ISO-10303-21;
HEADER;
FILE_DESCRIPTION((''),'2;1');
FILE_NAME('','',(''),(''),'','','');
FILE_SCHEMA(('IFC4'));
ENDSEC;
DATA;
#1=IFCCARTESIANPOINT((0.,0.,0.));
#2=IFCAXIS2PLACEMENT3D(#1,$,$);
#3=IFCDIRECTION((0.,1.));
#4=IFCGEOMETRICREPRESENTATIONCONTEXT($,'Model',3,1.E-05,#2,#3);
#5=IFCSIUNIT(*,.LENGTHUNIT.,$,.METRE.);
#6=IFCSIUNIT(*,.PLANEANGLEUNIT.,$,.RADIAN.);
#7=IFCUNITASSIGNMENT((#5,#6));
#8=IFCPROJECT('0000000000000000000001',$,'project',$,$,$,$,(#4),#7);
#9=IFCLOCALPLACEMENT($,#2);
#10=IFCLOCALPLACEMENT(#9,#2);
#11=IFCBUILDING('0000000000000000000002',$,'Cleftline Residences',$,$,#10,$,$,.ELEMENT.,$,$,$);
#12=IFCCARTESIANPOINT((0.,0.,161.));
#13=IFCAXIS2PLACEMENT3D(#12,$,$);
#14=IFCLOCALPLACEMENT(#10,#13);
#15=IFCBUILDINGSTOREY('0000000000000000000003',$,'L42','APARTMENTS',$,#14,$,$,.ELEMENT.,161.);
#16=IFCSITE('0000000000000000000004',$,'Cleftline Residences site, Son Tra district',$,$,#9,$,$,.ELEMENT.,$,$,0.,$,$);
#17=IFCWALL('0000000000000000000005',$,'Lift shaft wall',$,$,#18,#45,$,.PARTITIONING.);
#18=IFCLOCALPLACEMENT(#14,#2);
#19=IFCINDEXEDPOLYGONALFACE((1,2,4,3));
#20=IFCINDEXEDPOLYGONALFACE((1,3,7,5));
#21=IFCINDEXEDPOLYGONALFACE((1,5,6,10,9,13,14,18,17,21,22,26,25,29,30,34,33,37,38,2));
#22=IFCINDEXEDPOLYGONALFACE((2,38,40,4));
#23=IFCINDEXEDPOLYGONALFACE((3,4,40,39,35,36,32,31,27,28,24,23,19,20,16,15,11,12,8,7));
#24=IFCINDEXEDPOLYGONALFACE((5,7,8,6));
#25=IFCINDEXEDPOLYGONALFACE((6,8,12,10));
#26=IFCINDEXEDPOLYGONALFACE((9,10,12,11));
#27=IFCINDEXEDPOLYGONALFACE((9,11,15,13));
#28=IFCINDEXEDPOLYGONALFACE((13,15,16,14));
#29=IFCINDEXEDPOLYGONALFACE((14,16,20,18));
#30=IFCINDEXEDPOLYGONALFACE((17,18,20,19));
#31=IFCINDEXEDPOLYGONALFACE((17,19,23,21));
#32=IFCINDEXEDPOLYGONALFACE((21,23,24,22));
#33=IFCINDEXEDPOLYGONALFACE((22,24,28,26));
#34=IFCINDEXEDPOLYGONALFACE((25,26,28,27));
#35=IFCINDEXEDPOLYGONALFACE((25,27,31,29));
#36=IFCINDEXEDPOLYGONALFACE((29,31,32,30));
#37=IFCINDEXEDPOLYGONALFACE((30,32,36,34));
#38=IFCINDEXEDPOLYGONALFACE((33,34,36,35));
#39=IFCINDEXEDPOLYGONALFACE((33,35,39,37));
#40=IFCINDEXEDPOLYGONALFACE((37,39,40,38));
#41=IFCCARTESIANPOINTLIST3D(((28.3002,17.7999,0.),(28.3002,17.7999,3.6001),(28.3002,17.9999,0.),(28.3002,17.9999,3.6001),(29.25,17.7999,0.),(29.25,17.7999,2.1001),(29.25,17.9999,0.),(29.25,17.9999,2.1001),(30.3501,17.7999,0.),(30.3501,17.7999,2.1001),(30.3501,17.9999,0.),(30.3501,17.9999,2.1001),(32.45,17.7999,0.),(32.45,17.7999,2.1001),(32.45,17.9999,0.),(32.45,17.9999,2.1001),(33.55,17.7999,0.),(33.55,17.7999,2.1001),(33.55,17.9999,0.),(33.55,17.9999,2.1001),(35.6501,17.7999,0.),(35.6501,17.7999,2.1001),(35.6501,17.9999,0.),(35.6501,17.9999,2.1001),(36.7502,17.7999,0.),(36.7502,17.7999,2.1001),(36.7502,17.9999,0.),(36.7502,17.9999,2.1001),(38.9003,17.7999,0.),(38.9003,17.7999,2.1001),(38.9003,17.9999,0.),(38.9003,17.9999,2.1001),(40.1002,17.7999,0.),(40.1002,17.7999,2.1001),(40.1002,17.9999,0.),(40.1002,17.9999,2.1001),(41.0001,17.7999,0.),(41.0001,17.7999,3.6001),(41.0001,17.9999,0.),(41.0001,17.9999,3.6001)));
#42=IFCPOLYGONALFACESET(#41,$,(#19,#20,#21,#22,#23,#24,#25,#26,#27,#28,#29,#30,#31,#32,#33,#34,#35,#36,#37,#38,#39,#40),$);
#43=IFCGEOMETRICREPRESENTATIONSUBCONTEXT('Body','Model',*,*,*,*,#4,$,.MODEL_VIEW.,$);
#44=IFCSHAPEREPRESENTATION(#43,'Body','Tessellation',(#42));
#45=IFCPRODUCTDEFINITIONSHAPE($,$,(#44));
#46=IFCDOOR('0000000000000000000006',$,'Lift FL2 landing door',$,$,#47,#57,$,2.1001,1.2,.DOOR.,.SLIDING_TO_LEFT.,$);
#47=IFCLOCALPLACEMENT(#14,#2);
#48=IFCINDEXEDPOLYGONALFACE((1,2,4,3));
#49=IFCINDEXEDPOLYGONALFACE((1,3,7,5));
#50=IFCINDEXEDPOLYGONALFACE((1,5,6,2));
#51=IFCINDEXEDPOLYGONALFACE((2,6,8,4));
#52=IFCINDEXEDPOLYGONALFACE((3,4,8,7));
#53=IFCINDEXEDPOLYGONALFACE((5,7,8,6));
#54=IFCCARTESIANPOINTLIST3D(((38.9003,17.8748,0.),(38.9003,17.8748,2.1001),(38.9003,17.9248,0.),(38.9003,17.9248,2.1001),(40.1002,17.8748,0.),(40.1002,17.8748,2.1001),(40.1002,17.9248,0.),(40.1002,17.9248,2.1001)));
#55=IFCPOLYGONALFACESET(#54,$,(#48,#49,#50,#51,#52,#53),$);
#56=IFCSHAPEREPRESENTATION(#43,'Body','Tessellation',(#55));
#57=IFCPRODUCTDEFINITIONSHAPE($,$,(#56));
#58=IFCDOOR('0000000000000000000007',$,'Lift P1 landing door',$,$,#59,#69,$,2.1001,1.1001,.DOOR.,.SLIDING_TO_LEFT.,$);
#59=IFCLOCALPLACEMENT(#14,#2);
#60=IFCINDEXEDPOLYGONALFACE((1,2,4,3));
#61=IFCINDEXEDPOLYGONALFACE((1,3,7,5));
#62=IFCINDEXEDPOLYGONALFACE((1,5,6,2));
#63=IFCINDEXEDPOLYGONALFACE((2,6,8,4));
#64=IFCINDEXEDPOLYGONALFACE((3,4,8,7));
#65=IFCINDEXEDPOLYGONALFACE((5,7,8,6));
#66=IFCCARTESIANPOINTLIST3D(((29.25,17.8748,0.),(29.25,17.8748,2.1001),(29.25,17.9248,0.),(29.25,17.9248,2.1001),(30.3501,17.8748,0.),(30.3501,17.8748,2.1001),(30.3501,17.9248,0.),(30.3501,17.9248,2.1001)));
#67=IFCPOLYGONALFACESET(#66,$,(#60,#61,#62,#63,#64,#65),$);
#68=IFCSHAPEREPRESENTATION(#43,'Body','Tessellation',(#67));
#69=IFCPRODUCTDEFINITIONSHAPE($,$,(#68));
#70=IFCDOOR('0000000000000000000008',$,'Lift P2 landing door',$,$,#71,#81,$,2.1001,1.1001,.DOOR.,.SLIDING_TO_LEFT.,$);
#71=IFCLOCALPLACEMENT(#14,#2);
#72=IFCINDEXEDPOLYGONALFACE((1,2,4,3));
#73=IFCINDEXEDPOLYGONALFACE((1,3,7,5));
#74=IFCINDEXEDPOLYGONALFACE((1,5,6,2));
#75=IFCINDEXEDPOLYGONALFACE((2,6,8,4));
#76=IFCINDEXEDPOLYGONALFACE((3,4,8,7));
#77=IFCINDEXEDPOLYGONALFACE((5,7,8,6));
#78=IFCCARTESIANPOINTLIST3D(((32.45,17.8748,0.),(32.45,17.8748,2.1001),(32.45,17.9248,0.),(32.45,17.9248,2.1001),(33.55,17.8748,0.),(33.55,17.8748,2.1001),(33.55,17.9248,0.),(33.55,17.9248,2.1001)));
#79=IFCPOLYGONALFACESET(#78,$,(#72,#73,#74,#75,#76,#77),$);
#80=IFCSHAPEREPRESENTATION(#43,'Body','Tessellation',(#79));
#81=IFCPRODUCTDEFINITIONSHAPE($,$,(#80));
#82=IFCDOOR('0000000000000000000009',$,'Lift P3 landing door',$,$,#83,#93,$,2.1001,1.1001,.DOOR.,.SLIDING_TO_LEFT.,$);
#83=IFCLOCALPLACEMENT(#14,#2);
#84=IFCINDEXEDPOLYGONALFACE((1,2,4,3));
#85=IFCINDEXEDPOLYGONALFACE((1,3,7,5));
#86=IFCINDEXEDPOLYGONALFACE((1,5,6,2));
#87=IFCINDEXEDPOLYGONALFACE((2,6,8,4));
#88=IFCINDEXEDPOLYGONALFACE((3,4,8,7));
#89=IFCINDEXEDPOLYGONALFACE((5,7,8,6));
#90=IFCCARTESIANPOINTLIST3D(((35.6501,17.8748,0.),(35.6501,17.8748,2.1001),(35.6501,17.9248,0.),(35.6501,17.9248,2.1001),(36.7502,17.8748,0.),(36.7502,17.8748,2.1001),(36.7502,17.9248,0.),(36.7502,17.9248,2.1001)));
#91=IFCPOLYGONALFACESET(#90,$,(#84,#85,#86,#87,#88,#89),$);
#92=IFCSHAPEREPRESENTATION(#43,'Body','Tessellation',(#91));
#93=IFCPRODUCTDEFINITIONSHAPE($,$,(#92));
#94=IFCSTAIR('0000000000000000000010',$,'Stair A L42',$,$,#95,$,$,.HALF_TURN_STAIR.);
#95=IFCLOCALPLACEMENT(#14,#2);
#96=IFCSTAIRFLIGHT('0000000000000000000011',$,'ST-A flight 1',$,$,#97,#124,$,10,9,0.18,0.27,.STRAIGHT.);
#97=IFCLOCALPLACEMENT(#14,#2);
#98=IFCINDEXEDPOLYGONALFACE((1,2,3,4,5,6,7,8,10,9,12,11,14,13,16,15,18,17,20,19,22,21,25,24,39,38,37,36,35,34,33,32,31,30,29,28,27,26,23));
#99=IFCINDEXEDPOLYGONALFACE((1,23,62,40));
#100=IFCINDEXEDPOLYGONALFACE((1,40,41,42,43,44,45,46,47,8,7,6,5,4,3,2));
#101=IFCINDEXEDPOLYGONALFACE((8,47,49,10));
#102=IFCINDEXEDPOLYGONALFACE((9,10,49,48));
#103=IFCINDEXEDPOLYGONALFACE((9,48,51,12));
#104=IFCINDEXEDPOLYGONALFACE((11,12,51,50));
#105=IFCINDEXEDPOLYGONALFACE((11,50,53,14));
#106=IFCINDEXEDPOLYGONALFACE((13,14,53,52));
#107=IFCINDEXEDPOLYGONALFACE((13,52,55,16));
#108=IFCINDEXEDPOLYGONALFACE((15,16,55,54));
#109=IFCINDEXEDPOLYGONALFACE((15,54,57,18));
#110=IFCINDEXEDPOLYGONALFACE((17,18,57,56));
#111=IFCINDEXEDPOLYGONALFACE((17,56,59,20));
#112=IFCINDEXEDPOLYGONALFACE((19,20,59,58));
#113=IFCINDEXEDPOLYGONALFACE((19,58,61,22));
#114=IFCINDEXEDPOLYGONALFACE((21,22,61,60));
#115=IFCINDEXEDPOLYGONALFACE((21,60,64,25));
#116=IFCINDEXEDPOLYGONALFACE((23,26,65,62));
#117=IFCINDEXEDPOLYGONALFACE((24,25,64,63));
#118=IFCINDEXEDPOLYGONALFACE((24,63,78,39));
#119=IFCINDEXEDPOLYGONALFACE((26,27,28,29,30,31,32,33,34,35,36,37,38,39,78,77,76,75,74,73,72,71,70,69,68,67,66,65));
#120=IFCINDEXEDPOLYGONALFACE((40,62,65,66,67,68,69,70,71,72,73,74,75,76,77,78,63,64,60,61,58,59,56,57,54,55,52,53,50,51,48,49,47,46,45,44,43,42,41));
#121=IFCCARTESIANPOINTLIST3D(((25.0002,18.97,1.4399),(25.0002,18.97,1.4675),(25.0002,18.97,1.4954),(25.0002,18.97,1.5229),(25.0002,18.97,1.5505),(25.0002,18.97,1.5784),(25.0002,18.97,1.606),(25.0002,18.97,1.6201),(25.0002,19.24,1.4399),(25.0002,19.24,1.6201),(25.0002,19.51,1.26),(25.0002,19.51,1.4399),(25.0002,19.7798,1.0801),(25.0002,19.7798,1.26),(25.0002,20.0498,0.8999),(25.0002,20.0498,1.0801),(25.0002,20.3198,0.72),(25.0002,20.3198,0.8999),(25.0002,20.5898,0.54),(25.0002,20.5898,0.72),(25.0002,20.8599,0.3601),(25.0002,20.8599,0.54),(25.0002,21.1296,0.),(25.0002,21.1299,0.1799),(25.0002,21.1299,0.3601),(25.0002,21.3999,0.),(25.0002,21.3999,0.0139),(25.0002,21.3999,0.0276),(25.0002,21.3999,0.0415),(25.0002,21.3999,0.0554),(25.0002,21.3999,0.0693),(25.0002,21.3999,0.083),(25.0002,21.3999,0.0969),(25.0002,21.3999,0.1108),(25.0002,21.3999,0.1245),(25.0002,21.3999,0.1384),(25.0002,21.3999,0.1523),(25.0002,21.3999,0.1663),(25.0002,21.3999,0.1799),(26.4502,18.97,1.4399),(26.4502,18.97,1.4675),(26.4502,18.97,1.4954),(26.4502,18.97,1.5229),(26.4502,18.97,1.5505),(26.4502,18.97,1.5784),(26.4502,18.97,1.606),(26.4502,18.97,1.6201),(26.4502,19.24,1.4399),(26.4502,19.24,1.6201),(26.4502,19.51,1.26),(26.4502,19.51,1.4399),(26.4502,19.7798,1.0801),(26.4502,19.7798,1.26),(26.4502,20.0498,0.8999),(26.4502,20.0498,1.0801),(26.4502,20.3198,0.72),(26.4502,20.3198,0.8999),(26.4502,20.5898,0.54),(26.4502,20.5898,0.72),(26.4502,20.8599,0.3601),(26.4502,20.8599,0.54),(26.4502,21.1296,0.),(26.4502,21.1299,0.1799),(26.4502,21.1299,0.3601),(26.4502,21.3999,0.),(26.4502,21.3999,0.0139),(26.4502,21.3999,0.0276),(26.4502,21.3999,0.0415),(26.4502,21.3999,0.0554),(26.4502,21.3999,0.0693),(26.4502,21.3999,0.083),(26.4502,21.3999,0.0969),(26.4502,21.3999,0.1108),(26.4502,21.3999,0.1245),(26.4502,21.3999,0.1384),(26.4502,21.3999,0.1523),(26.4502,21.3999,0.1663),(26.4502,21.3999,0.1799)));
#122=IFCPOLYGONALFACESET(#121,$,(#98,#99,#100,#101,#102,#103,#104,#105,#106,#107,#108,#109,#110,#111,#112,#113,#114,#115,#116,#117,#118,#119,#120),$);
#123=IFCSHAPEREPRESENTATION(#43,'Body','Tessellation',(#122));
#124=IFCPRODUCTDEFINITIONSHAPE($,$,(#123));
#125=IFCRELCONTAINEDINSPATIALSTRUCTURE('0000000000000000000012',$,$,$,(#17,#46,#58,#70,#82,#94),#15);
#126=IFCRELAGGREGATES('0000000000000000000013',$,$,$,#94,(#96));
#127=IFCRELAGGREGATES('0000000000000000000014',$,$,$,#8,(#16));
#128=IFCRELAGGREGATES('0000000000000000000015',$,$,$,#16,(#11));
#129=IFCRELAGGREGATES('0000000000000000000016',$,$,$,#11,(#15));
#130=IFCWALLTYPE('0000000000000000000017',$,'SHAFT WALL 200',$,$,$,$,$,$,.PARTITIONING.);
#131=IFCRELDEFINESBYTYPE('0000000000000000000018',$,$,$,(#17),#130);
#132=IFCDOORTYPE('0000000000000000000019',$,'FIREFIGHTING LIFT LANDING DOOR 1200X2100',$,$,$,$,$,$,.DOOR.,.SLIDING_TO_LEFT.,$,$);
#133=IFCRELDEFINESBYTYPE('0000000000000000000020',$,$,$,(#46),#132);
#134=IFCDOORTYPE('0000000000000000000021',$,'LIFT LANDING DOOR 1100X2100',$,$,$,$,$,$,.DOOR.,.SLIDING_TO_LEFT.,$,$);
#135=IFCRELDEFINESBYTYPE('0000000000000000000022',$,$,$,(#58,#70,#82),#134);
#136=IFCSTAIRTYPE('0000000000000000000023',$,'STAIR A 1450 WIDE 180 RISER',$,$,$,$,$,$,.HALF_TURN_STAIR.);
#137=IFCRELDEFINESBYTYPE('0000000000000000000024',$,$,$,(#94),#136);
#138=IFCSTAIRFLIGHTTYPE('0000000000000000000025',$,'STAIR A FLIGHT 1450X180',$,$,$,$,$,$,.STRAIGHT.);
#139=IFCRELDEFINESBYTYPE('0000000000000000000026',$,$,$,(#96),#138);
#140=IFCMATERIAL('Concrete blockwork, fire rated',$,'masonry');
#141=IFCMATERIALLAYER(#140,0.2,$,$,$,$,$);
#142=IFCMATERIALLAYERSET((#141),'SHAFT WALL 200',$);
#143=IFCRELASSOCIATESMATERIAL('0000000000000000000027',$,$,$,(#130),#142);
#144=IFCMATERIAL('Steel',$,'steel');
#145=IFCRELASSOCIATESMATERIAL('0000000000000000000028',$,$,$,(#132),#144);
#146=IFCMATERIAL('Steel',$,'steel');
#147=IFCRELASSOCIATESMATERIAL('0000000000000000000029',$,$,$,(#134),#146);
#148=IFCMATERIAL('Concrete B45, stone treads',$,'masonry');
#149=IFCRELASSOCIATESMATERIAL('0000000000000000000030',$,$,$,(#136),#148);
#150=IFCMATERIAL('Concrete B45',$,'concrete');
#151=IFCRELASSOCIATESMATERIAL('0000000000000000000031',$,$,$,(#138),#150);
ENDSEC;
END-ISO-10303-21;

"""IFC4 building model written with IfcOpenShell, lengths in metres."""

from ifc_helpers import new_model, si_unit, direction, frame, frame_2d, origin, place, context, subcontext, project, spatial, polyline, rectangle, outline, extrude, material, layer, layer_set, type_object, element, fill, aggregate, save


model = new_model("IFC4")

# Units and contexts
model_context = context("Model", 3, precision=1e-05, world=origin(), true_north=direction((0.0, 1.0)))
body_context = subcontext(model_context, "Body", "Model", "MODEL_VIEW")
ifc_project = project(units=[si_unit("LENGTHUNIT", "METRE"), si_unit("PLANEANGLEUNIT", "RADIAN")], contexts=[model_context])

# Site, building, storey
site_placement = place(None, origin())
site = spatial("IfcSite", under=ifc_project, at=site_placement, Name="Cleftline Residences site, Son Tra district", CompositionType="ELEMENT", RefElevation=0.0)
building_placement = place(site_placement, origin())
building = spatial("IfcBuilding", under=site, at=building_placement, Name="Cleftline Residences", CompositionType="ELEMENT")
storey_placement = place(building_placement, frame((0.0, 0.0, 161.0)))
storey = spatial("IfcBuildingStorey", under=building, at=storey_placement, Name="L42", Description="APARTMENTS", CompositionType="ELEMENT", Elevation=161.0)

# Wall, openings, doors
ifc_material_1 = material(Name="Concrete blockwork, fire rated", Category="masonry")
ifc_layer_1 = layer(ifc_material_1, 0.2)
ifc_layer_set_1 = layer_set([ifc_layer_1], Name="SHAFT WALL 200")
wall_type_1 = type_object("IfcWallType", Name="SHAFT WALL 200", PredefinedType="PARTITIONING", material=ifc_layer_set_1)
wall_1_placement = place(storey_placement, frame((28.3, 17.8999, 0.0), z_axis=(0.0, 0.0, 1.0), x_axis=(1.0, 0.0, 0.0)))
wall_1 = element("IfcWall", 1, at=wall_1_placement, inside=storey, type_object=wall_type_1, Name="Lift shaft wall", PredefinedType="PARTITIONING", context=body_context, shape_type="SweptSolid", body=[
    extrude(rectangle(XDim=12.7, YDim=0.2, at=frame_2d((6.3501, 0.0))), origin(), (0.0, 0.0, 1.0), 3.6001),
])
opening_1_placement = place(wall_1_placement, frame((0.95, 0.0, 0.0)))
opening_1 = element("IfcOpeningElement", 2, at=opening_1_placement, cuts=wall_1, PredefinedType="OPENING", context=body_context, shape_type="SweptSolid", body=[
    extrude(rectangle(XDim=1.1001, YDim=2.1001, at=frame_2d((0.55, 1.05))), frame((0.0, 0.1099, 0.0), z_axis=(0.0, -1.0, 0.0), x_axis=(1.0, 0.0, 0.0)), (0.0, 0.0, 1.0), 0.22),
])
opening_2_placement = place(wall_1_placement, frame((4.1499, 0.0, 0.0)))
opening_2 = element("IfcOpeningElement", 3, at=opening_2_placement, cuts=wall_1, PredefinedType="OPENING", context=body_context, shape_type="SweptSolid", body=[
    extrude(rectangle(XDim=1.1001, YDim=2.1001, at=frame_2d((0.55, 1.05))), frame((0.0, 0.1099, 0.0), z_axis=(0.0, -1.0, 0.0), x_axis=(1.0, 0.0, 0.0)), (0.0, 0.0, 1.0), 0.22),
])
opening_3_placement = place(wall_1_placement, frame((7.3501, 0.0, 0.0)))
opening_3 = element("IfcOpeningElement", 4, at=opening_3_placement, cuts=wall_1, PredefinedType="OPENING", context=body_context, shape_type="SweptSolid", body=[
    extrude(rectangle(XDim=1.1001, YDim=2.1001, at=frame_2d((0.55, 1.05))), frame((0.0, 0.1099, 0.0), z_axis=(0.0, -1.0, 0.0), x_axis=(1.0, 0.0, 0.0)), (0.0, 0.0, 1.0), 0.22),
])
opening_4_placement = place(wall_1_placement, frame((10.6001, 0.0, 0.0)))
opening_4 = element("IfcOpeningElement", 5, at=opening_4_placement, cuts=wall_1, PredefinedType="OPENING", context=body_context, shape_type="SweptSolid", body=[
    extrude(rectangle(XDim=1.2, YDim=2.1001, at=frame_2d((0.6001, 1.05))), frame((0.0, 0.1099, 0.0), z_axis=(0.0, -1.0, 0.0), x_axis=(1.0, 0.0, 0.0)), (0.0, 0.0, 1.0), 0.22),
])
ifc_material_2 = material(Name="Steel", Category="steel")
door_type_1 = type_object("IfcDoorType", Name="FIREFIGHTING LIFT LANDING DOOR 1200X2100", OperationType="SLIDING_TO_LEFT", PredefinedType="DOOR", material=ifc_material_2)
door_1_placement = place(opening_4_placement, origin())
door_1 = element("IfcDoor", 6, at=door_1_placement, inside=storey, type_object=door_type_1, Name="Lift FL2 landing door", OperationType="SLIDING_TO_LEFT", OverallHeight=2.1001, OverallWidth=1.2, PredefinedType="DOOR", context=body_context, shape_type="SweptSolid", body=[
    extrude(rectangle(XDim=1.2, YDim=2.1001, at=frame_2d((0.6001, 1.05))), frame((0.0, 0.0249, 0.0), z_axis=(0.0, -1.0, 0.0), x_axis=(1.0, 0.0, 0.0)), (0.0, 0.0, 1.0), 0.05),
])
fill(opening_4, door_1)
ifc_material_3 = material(Name="Steel", Category="steel")
door_type_2 = type_object("IfcDoorType", Name="LIFT LANDING DOOR 1100X2100", OperationType="SLIDING_TO_LEFT", PredefinedType="DOOR", material=ifc_material_3)
door_2_placement = place(opening_1_placement, origin())
door_2 = element("IfcDoor", 7, at=door_2_placement, inside=storey, type_object=door_type_2, Name="Lift P1 landing door", OperationType="SLIDING_TO_LEFT", OverallHeight=2.1001, OverallWidth=1.1001, PredefinedType="DOOR", context=body_context, shape_type="SweptSolid", body=[
    extrude(rectangle(XDim=1.1001, YDim=2.1001, at=frame_2d((0.55, 1.05))), frame((0.0, 0.0249, 0.0), z_axis=(0.0, -1.0, 0.0), x_axis=(1.0, 0.0, 0.0)), (0.0, 0.0, 1.0), 0.05),
])
fill(opening_1, door_2)
door_3_placement = place(opening_2_placement, origin())
door_3 = element("IfcDoor", 8, at=door_3_placement, inside=storey, type_object=door_type_2, Name="Lift P2 landing door", OperationType="SLIDING_TO_LEFT", OverallHeight=2.1001, OverallWidth=1.1001, PredefinedType="DOOR", context=body_context, shape_type="SweptSolid", body=[
    extrude(rectangle(XDim=1.1001, YDim=2.1001, at=frame_2d((0.55, 1.05))), frame((0.0, 0.0249, 0.0), z_axis=(0.0, -1.0, 0.0), x_axis=(1.0, 0.0, 0.0)), (0.0, 0.0, 1.0), 0.05),
])
fill(opening_2, door_3)
door_4_placement = place(opening_3_placement, origin())
door_4 = element("IfcDoor", 9, at=door_4_placement, inside=storey, type_object=door_type_2, Name="Lift P3 landing door", OperationType="SLIDING_TO_LEFT", OverallHeight=2.1001, OverallWidth=1.1001, PredefinedType="DOOR", context=body_context, shape_type="SweptSolid", body=[
    extrude(rectangle(XDim=1.1001, YDim=2.1001, at=frame_2d((0.55, 1.05))), frame((0.0, 0.0249, 0.0), z_axis=(0.0, -1.0, 0.0), x_axis=(1.0, 0.0, 0.0)), (0.0, 0.0, 1.0), 0.05),
])
fill(opening_3, door_4)

# Stair, stair flight
ifc_material_4 = material(Name="Concrete B45, stone treads", Category="masonry")
stair_type = type_object("IfcStairType", Name="STAIR A 1450 WIDE 180 RISER", PredefinedType="HALF_TURN_STAIR", material=ifc_material_4)
stair_placement = place(storey_placement, origin())
stair = element("IfcStair", 10, at=stair_placement, inside=storey, type_object=stair_type, Name="Stair A L42", PredefinedType="HALF_TURN_STAIR")
ifc_material_5 = material(Name="Concrete B45", Category="concrete")
stair_flight_type = type_object("IfcStairFlightType", Name="STAIR A FLIGHT 1450X180", PredefinedType="STRAIGHT", material=ifc_material_5)
stair_flight_1_placement = place(storey_placement, frame((25.7251, 21.3999, 0.0), z_axis=(0.0, 0.0, 1.0), x_axis=(0.0, -1.0, 0.0)))
stair_flight_1 = element("IfcStairFlight", 11, at=stair_flight_1_placement, type_object=stair_flight_type, Name="ST-A flight 1", NumberOfRisers=10, NumberOfTreads=9, PredefinedType="STRAIGHT", RiserHeight=0.18, TreadLength=0.27, context=body_context, shape_type="SweptSolid", body=[
    extrude(outline(polyline([(0.0, 0.0), (0.0, 0.0139), (0.0, 0.0276), (0.0, 0.0415), (0.0, 0.0554), (0.0, 0.0693), (0.0, 0.083), (0.0, 0.0969), (0.0, 0.1108), (0.0, 0.1245), (0.0, 0.1384), (0.0, 0.1523), (0.0, 0.1663), (0.0, 0.1799), (0.27, 0.1799), (0.27, 0.3601), (0.54, 0.3601), (0.54, 0.54), (0.8101, 0.54), (0.8101, 0.72), (1.0801, 0.72), (1.0801, 0.8999), (1.3501, 0.8999), (1.3501, 1.0801), (1.6201, 1.0801), (1.6201, 1.26), (1.8899, 1.26), (1.8899, 1.4399), (2.1599, 1.4399), (2.1599, 1.6201), (2.4299, 1.6201), (2.4299, 1.8), (2.4299, 1.7722), (2.4299, 1.7446), (2.4299, 1.7168), (2.4299, 1.6892), (2.4299, 1.6614), (2.4299, 1.6338), (2.4299, 1.606), (2.4299, 1.5784), (2.4299, 1.5505), (2.4299, 1.5229), (2.4299, 1.4954), (2.4299, 1.4675), (2.4299, 1.4399), (0.2703, 0.0), (0.0, 0.0)])), frame((0.0, 0.7251, 0.0), z_axis=(0.0, -1.0, 0.0), x_axis=(1.0, 0.0, 0.0)), (0.0, 0.0, 1.0), 1.45),
])
aggregate(stair, [stair_flight_1])

save(model, "model.ifc")
